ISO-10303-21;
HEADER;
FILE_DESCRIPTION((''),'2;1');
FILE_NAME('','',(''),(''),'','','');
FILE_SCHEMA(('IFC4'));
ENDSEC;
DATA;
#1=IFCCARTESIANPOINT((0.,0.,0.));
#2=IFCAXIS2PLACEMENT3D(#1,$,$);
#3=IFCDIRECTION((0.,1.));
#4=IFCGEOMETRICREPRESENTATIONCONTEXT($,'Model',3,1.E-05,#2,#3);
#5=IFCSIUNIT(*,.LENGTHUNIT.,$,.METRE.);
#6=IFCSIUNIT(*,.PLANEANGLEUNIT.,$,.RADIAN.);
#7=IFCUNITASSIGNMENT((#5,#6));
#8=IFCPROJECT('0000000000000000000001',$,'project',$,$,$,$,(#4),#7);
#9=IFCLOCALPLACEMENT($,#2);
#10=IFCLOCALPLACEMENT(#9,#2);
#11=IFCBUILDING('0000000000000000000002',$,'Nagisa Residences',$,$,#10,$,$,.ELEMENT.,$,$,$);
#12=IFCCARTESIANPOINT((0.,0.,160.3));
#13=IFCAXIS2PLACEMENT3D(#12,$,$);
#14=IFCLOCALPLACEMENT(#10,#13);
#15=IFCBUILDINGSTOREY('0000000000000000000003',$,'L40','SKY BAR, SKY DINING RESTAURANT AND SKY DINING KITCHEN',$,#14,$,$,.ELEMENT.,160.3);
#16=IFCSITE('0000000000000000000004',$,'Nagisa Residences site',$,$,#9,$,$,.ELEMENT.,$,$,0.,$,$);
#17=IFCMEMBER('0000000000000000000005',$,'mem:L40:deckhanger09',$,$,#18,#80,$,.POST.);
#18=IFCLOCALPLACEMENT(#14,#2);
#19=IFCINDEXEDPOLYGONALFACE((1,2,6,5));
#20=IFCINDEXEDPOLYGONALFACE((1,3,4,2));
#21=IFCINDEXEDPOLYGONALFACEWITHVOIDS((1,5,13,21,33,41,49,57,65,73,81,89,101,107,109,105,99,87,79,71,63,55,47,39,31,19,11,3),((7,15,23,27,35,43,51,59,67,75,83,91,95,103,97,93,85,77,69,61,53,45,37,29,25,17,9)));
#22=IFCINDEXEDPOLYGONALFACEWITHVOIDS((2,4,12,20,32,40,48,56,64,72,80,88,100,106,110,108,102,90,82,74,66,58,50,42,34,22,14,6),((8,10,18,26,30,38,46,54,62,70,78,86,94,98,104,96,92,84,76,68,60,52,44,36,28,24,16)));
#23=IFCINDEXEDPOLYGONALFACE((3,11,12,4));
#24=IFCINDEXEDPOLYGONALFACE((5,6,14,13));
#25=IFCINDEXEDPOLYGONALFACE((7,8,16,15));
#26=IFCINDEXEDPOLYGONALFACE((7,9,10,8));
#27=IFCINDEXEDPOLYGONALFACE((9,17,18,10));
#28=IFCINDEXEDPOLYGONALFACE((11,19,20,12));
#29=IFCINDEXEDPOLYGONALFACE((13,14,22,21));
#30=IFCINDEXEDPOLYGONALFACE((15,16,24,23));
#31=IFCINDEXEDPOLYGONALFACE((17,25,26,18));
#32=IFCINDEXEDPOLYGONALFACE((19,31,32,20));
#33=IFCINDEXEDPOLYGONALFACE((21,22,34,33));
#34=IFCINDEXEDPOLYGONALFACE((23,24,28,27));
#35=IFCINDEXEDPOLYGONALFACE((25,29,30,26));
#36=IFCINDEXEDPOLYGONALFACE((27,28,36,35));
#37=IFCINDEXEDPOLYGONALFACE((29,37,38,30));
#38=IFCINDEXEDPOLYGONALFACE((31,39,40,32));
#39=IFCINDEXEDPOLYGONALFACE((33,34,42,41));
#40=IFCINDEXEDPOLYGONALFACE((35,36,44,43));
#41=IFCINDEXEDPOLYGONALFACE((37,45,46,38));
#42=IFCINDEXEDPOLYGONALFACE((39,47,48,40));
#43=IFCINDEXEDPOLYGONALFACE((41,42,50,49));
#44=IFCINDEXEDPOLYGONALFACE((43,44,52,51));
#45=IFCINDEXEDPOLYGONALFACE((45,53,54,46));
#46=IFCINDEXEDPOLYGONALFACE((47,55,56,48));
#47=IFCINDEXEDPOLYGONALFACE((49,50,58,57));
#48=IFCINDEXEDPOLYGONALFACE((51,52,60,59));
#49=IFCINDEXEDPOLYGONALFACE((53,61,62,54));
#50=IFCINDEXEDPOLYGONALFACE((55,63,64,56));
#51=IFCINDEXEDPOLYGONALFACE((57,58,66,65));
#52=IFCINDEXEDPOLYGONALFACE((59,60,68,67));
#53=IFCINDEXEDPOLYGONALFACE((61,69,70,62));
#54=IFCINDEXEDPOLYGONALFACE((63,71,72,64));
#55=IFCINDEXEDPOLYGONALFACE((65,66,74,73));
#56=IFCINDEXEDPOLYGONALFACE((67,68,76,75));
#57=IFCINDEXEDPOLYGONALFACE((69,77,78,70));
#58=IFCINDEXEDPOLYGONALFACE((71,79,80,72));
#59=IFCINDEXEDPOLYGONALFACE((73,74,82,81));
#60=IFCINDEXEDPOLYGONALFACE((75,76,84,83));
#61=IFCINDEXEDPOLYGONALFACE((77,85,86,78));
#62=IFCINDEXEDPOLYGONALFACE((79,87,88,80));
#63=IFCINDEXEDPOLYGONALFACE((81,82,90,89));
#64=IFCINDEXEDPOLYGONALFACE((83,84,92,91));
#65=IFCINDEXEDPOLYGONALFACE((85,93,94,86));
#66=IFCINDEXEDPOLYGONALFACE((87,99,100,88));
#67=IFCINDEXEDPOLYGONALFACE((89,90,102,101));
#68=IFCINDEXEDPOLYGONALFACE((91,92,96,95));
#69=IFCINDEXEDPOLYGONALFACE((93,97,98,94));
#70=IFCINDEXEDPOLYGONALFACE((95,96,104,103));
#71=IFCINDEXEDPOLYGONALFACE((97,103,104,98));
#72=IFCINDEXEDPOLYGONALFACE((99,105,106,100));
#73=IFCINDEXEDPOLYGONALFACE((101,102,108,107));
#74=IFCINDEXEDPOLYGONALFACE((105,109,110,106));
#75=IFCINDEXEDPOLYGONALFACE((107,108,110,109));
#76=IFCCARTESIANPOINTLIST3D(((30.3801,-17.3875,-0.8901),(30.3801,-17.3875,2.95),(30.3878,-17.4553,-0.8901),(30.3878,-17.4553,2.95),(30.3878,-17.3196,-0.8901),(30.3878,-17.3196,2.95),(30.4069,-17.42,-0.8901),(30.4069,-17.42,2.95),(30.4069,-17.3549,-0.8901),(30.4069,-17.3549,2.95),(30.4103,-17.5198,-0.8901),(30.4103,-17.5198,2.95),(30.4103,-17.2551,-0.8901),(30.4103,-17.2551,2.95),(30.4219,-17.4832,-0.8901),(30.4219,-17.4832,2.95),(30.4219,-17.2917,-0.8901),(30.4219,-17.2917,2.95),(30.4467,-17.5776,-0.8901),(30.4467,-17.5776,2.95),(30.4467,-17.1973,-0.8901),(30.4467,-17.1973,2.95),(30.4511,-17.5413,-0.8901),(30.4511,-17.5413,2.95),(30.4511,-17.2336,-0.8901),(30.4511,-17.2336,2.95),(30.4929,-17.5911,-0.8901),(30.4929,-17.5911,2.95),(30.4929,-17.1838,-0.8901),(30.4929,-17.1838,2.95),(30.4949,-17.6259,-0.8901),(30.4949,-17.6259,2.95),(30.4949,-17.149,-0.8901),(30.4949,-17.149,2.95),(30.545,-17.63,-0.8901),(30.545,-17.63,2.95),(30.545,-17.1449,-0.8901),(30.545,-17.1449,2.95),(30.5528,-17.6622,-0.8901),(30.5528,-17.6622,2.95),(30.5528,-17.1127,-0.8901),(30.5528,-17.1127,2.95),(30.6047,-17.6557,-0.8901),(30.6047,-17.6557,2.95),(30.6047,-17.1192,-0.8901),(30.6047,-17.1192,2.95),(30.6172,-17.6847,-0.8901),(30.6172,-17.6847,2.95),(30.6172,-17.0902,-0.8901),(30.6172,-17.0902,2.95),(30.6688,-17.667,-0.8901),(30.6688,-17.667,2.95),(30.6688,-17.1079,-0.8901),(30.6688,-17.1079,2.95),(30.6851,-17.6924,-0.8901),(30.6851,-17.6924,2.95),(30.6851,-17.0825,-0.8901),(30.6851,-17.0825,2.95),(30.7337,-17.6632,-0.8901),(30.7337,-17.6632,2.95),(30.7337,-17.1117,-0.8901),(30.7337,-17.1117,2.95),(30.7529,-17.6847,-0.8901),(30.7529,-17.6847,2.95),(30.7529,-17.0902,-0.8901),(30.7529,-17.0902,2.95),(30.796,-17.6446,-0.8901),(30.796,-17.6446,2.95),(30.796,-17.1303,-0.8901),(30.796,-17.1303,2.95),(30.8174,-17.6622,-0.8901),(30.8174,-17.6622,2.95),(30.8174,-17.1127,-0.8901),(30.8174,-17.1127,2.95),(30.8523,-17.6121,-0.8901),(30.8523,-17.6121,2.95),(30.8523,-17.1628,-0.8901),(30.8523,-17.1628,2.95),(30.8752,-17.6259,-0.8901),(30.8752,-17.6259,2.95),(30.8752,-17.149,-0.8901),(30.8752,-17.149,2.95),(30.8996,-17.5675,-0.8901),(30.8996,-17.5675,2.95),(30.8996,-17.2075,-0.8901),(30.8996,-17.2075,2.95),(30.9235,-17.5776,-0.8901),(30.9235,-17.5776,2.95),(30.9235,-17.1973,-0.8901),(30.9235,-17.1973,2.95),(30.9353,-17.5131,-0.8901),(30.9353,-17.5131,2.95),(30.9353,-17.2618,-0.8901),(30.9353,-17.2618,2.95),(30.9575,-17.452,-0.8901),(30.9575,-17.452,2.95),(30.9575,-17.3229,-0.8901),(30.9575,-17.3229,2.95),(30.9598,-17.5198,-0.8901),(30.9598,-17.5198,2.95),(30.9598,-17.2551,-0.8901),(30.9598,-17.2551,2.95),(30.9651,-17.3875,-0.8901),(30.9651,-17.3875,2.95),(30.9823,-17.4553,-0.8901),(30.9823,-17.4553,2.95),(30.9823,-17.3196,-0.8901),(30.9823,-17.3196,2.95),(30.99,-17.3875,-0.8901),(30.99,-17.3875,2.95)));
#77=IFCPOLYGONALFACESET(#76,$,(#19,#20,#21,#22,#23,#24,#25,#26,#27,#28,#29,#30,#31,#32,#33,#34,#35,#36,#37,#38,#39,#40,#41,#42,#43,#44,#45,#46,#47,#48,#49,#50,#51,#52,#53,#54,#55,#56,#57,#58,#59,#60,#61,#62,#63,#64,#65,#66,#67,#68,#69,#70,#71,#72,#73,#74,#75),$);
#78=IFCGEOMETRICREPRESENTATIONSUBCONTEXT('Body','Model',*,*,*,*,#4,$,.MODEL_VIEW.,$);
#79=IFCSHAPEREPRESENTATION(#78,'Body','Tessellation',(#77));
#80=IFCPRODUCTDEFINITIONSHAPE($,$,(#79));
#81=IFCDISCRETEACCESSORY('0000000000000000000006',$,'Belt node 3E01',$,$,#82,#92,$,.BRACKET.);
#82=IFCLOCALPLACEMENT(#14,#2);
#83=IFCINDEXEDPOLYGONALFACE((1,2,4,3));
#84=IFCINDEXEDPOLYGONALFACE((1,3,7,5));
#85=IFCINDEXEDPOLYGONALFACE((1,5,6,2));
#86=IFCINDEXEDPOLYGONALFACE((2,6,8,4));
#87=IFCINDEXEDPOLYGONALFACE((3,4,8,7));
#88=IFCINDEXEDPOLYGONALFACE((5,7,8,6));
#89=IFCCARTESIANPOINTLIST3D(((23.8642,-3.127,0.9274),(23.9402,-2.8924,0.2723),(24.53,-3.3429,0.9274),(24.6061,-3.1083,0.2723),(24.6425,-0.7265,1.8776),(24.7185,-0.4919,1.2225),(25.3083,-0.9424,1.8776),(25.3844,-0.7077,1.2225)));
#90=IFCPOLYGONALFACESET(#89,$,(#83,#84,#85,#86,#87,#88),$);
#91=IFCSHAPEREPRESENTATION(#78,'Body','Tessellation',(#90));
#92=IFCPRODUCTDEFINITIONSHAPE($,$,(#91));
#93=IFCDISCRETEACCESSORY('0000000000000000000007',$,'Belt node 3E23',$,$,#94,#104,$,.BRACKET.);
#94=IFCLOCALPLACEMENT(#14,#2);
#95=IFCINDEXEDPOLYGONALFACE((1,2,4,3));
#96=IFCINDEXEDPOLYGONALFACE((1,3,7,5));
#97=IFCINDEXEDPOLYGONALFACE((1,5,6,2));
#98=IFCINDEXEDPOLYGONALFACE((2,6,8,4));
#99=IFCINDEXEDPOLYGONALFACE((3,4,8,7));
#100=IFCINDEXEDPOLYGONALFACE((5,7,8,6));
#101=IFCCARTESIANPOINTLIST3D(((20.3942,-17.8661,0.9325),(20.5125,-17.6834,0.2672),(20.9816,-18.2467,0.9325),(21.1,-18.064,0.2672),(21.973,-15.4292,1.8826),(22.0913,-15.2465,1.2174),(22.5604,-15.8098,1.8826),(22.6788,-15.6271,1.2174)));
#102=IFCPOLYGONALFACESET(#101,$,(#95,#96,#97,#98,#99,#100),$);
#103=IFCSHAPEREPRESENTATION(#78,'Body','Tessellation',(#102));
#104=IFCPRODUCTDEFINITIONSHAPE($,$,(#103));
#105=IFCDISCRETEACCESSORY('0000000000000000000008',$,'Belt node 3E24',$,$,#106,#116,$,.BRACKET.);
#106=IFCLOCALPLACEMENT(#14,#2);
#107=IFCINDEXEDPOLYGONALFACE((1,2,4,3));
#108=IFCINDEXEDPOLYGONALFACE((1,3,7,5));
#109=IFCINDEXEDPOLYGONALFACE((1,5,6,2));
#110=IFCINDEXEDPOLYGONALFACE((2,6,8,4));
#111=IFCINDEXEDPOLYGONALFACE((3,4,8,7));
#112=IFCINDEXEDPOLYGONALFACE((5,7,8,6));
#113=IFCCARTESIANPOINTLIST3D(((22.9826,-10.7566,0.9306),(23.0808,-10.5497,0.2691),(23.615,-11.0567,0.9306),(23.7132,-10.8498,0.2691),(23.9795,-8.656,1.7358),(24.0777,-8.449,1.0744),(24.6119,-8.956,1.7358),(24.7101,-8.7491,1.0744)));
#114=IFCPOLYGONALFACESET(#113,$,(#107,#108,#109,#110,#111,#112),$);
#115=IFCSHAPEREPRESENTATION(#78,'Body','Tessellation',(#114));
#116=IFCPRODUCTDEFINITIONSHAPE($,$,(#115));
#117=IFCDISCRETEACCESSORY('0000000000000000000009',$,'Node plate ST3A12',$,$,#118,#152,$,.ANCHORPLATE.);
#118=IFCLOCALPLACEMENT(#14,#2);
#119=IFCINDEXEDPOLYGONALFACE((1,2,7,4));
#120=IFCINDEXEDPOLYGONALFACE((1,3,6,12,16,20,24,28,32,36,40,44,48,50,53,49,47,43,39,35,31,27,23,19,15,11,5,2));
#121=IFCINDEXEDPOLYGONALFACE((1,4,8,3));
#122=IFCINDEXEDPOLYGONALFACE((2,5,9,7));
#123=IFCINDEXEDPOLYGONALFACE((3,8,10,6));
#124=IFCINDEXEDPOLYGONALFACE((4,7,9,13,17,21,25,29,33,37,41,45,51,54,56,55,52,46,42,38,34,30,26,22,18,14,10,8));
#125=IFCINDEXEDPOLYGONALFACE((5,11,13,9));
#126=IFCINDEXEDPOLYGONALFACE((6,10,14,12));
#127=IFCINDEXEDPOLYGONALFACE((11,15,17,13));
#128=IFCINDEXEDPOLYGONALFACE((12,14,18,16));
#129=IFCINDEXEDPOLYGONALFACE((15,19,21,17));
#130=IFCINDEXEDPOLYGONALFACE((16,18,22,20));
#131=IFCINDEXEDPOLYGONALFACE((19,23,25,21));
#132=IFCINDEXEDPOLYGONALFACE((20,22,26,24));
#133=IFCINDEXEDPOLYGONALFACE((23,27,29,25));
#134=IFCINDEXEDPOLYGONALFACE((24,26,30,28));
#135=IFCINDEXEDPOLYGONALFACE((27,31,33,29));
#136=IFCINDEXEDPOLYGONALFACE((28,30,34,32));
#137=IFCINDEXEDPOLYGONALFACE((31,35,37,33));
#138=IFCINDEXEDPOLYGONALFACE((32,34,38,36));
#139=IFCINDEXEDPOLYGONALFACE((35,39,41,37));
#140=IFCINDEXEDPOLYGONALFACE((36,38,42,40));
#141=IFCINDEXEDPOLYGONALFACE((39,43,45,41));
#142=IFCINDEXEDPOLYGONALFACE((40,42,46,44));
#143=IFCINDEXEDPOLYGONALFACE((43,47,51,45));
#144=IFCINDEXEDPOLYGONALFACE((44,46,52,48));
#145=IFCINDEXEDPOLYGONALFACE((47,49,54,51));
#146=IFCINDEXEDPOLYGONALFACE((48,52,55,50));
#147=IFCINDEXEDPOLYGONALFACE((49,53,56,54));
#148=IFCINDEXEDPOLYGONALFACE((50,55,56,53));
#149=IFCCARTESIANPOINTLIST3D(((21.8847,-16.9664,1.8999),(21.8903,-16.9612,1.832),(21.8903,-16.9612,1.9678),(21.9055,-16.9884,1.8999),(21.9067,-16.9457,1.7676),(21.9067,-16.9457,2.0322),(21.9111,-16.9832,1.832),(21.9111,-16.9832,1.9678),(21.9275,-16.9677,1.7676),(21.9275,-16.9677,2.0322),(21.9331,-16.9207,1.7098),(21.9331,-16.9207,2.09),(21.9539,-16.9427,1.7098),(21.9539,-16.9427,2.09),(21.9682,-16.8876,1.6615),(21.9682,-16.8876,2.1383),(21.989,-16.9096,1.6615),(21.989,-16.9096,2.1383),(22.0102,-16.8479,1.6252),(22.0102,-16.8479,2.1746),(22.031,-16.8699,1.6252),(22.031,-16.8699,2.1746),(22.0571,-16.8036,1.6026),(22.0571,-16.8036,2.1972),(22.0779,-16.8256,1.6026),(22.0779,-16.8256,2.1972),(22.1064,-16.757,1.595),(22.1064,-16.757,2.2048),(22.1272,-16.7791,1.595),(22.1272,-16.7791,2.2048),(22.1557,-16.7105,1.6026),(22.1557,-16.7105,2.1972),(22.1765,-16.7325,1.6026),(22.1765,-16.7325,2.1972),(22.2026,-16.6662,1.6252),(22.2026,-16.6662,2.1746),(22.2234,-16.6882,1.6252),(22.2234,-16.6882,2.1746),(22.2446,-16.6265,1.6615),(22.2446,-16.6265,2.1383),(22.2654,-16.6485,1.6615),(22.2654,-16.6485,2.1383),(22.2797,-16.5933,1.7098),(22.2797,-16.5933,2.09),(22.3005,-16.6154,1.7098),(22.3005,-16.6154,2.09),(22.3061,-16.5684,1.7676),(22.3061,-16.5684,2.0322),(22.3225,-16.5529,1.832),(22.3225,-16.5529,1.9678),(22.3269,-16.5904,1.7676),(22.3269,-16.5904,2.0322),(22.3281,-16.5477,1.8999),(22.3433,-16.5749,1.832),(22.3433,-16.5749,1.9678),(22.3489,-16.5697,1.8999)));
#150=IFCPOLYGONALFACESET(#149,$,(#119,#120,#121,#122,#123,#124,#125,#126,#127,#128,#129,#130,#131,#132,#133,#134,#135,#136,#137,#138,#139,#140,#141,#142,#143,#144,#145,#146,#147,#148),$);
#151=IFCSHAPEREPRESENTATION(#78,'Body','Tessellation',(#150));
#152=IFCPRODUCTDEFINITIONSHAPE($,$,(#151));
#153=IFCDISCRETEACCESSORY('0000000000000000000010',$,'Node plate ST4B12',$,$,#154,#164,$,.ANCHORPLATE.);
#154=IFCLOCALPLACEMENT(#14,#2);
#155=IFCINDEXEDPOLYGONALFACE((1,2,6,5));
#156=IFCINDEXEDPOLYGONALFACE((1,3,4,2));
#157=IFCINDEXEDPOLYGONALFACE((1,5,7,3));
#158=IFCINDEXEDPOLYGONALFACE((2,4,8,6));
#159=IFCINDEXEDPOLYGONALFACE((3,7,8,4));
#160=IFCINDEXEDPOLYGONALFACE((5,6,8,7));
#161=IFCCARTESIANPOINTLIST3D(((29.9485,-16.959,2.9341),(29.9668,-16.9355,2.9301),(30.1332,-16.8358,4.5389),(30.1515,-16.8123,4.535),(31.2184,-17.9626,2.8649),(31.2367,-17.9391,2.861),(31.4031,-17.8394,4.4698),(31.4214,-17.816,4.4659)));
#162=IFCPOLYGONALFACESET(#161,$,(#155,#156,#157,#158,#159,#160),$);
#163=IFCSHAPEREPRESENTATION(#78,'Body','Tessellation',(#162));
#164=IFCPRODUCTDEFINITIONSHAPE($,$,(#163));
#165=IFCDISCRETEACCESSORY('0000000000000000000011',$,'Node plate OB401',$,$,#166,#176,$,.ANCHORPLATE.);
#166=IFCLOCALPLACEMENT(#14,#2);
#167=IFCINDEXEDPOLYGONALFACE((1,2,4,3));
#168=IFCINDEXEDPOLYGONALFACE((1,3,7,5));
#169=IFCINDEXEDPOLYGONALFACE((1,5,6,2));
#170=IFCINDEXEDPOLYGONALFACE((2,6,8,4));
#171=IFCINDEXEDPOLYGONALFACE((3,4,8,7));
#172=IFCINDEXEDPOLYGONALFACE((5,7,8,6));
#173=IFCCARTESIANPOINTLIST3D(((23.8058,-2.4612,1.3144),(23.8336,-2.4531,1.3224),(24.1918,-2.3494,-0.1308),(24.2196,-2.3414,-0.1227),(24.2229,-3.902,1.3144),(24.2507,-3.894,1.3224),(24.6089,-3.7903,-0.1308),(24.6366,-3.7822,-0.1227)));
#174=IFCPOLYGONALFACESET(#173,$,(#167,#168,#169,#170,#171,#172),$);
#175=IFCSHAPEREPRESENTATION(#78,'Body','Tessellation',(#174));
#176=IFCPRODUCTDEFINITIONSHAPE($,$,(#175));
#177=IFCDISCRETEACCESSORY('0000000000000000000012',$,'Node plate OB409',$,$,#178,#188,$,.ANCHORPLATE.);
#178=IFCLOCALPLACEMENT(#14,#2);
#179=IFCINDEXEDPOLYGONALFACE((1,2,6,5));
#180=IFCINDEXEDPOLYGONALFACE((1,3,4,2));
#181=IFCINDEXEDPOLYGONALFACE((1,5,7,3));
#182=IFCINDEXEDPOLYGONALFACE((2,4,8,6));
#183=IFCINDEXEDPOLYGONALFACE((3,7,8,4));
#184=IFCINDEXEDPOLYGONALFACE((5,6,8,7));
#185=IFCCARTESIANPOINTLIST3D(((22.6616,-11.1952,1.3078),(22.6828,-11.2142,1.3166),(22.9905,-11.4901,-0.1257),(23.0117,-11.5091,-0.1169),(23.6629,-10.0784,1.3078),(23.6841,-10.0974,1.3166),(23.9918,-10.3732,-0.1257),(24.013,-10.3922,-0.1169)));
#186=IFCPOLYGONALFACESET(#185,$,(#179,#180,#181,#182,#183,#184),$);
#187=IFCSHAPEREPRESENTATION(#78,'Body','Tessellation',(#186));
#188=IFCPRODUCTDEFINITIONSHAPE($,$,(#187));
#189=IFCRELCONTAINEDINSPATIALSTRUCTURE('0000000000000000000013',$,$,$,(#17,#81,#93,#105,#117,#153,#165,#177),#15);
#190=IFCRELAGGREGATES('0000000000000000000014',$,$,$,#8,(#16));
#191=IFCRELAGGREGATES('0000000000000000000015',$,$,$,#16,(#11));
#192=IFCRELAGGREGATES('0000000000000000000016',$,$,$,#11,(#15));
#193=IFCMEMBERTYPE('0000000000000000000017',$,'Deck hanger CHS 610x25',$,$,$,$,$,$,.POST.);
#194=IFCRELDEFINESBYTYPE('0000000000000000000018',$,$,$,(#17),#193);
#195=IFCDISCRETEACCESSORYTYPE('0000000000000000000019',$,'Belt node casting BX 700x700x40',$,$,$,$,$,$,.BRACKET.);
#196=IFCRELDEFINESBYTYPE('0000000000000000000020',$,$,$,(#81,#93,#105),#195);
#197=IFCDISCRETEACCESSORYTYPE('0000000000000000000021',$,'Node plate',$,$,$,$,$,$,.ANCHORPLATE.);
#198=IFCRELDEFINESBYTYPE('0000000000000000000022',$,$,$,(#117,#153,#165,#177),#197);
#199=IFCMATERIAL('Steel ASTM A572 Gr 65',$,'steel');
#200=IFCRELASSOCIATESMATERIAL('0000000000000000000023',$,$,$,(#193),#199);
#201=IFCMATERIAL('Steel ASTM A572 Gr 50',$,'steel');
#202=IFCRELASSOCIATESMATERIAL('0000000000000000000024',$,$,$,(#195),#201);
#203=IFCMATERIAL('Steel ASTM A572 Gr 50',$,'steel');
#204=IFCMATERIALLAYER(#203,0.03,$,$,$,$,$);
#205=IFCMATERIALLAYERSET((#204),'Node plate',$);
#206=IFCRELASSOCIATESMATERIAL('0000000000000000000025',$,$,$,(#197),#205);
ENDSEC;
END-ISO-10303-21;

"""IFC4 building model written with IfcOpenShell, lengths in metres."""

from ifc_helpers import new_model, si_unit, direction, frame, origin, origin_2d, place, context, subcontext, project, spatial, rectangle, circle, hollow_circle, extrude, material, layer, layer_set, material_profile, profile_set, type_object, element, save


model = new_model("IFC4")

# Units and contexts
model_context = context("Model", 3, precision=1e-05, world=origin(), true_north=direction((0.0, 1.0)))
body_context = subcontext(model_context, "Body", "Model", "MODEL_VIEW")
ifc_project = project(units=[si_unit("LENGTHUNIT", "METRE"), si_unit("PLANEANGLEUNIT", "RADIAN")], contexts=[model_context])

# Site, building, storey
site_placement = place(None, origin())
site = spatial("IfcSite", under=ifc_project, at=site_placement, Name="Nagisa Residences site", CompositionType="ELEMENT", RefElevation=0.0)
building_placement = place(site_placement, origin())
building = spatial("IfcBuilding", under=site, at=building_placement, Name="Nagisa Residences", CompositionType="ELEMENT")
storey_placement = place(building_placement, frame((0.0, 0.0, 160.3)))
storey = spatial("IfcBuildingStorey", under=building, at=storey_placement, Name="L40", Description="SKY BAR, SKY DINING RESTAURANT AND SKY DINING KITCHEN", CompositionType="ELEMENT", Elevation=160.3)

# Member
ifc_material_1 = material(Name="Steel ASTM A572 Gr 65", Category="steel")
ifc_material_profile_1 = material_profile(ifc_material_1, hollow_circle(Radius=0.3049, WallThickness=0.0249, at=origin_2d()), Name="CHS 610x25")
ifc_profile_set_1 = profile_set([ifc_material_profile_1], Name="Steel ASTM A572 Gr 65")
member_type_1 = type_object("IfcMemberType", Name="Deck hanger CHS 610x25", PredefinedType="POST", material=ifc_profile_set_1)
member_1_placement = place(storey_placement, frame((30.6851, -17.3875, 2.95), z_axis=(0.0, 0.0, -1.0), x_axis=(1.0, 0.0, 0.0)))
element("IfcMember", 1, at=member_1_placement, inside=storey, type_object=member_type_1, Name="mem:L40:deckhanger09", PredefinedType="POST", context=body_context, shape_type="SweptSolid", body=[
    extrude(hollow_circle(Radius=0.3049, WallThickness=0.0249, at=origin_2d()), origin(), (0.0, 0.0, 1.0), 3.8401),
])

# Discrete accessories
ifc_material_2 = material(Name="Steel ASTM A572 Gr 50", Category="steel")
discrete_accessory_type_1 = type_object("IfcDiscreteAccessoryType", Name="Belt node casting BX 700x700x40", PredefinedType="BRACKET", material=ifc_material_2)
discrete_accessory_1_placement = place(storey_placement, frame((24.2351, -3.1177, 0.5999), z_axis=(0.288629, 0.890242, 0.352367), x_axis=(-0.951254, 0.30841, 0.0)))
element("IfcDiscreteAccessory", 2, at=discrete_accessory_1_placement, inside=storey, type_object=discrete_accessory_type_1, Name="Belt node 3E01", PredefinedType="BRACKET", context=body_context, shape_type="SweptSolid", body=[
    extrude(rectangle(XDim=0.7, YDim=0.7, at=origin_2d()), origin(), (0.0, 0.0, 1.0), 2.6965),
])
discrete_accessory_2_placement = place(storey_placement, frame((20.7471, -17.9651, 0.5999), z_axis=(0.516765, 0.797641, 0.311002), x_axis=(-0.839261, 0.543729, 0.0)))
element("IfcDiscreteAccessory", 3, at=discrete_accessory_2_placement, inside=storey, type_object=discrete_accessory_type_1, Name="Belt node 3E23", PredefinedType="BRACKET", context=body_context, shape_type="SweptSolid", body=[
    extrude(rectangle(XDim=0.7, YDim=0.7, at=origin_2d()), origin(), (0.0, 0.0, 1.0), 3.0552),
])
discrete_accessory_3_placement = place(storey_placement, frame((23.3479, -10.8032, 0.5999), z_axis=(0.405119, 0.853697, 0.327231), x_axis=(-0.903436, 0.428723, 0.0)))
element("IfcDiscreteAccessory", 4, at=discrete_accessory_3_placement, inside=storey, type_object=discrete_accessory_type_1, Name="Belt node 3E24", PredefinedType="BRACKET", context=body_context, shape_type="SweptSolid", body=[
    extrude(rectangle(XDim=0.7, YDim=0.7, at=origin_2d()), origin(), (0.0, 0.0, 1.0), 2.4607),
])
ifc_material_3 = material(Name="Steel ASTM A572 Gr 50", Category="steel")
ifc_layer = layer(ifc_material_3, 0.03)
ifc_layer_set = layer_set([ifc_layer], Name="Node plate")
discrete_accessory_type_2 = type_object("IfcDiscreteAccessoryType", Name="Node plate", PredefinedType="ANCHORPLATE", material=ifc_layer_set)
discrete_accessory_4_placement = place(storey_placement, frame((22.1272, -16.7791, 1.8999), z_axis=(-0.686624, 0.727013, 0.0), x_axis=(-0.727013, -0.686624, 0.0)))
element("IfcDiscreteAccessory", 5, at=discrete_accessory_4_placement, inside=storey, type_object=discrete_accessory_type_2, Name="Node plate ST3A12", PredefinedType="ANCHORPLATE", context=body_context, shape_type="SweptSolid", body=[
    extrude(circle(Radius=0.3049, at=origin_2d()), origin(), (0.0, 0.0, 1.0), 0.0303),
])
discrete_accessory_5_placement = place(storey_placement, frame((30.6941, -17.3757, 3.698), z_axis=(-0.610402, -0.781315, 0.130219), x_axis=(-0.783845, 0.61949, 0.042665)))
element("IfcDiscreteAccessory", 6, at=discrete_accessory_5_placement, inside=storey, type_object=discrete_accessory_type_2, Name="Node plate ST4B12", PredefinedType="ANCHORPLATE", context=body_context, shape_type="SweptSolid", body=[
    extrude(rectangle(XDim=1.6201, YDim=1.6201, at=origin_2d()), origin(), (0.0, 0.0, 1.0), 0.03),
])
discrete_accessory_6_placement = place(storey_placement, frame((24.2351, -3.1177, 0.5999), z_axis=(-0.925454, -0.267895, -0.267895), x_axis=(0.278058, -0.960564, 0.0)))
element("IfcDiscreteAccessory", 7, at=discrete_accessory_6_placement, inside=storey, type_object=discrete_accessory_type_2, Name="Node plate OB401", PredefinedType="ANCHORPLATE", context=body_context, shape_type="SweptSolid", body=[
    extrude(rectangle(XDim=1.5, YDim=1.5, at=origin_2d()), origin(), (0.0, 0.0, 1.0), 0.03),
])
discrete_accessory_7_placement = place(storey_placement, frame((23.3479, -10.8032, 0.5999), z_axis=(-0.711563, 0.637953, -0.29444), x_axis=(-0.667545, -0.744569, 0.0)))
element("IfcDiscreteAccessory", 8, at=discrete_accessory_7_placement, inside=storey, type_object=discrete_accessory_type_2, Name="Node plate OB409", PredefinedType="ANCHORPLATE", context=body_context, shape_type="SweptSolid", body=[
    extrude(rectangle(XDim=1.5, YDim=1.5, at=origin_2d()), origin(), (0.0, 0.0, 1.0), 0.0298),
])

save(model, "model.ifc")
